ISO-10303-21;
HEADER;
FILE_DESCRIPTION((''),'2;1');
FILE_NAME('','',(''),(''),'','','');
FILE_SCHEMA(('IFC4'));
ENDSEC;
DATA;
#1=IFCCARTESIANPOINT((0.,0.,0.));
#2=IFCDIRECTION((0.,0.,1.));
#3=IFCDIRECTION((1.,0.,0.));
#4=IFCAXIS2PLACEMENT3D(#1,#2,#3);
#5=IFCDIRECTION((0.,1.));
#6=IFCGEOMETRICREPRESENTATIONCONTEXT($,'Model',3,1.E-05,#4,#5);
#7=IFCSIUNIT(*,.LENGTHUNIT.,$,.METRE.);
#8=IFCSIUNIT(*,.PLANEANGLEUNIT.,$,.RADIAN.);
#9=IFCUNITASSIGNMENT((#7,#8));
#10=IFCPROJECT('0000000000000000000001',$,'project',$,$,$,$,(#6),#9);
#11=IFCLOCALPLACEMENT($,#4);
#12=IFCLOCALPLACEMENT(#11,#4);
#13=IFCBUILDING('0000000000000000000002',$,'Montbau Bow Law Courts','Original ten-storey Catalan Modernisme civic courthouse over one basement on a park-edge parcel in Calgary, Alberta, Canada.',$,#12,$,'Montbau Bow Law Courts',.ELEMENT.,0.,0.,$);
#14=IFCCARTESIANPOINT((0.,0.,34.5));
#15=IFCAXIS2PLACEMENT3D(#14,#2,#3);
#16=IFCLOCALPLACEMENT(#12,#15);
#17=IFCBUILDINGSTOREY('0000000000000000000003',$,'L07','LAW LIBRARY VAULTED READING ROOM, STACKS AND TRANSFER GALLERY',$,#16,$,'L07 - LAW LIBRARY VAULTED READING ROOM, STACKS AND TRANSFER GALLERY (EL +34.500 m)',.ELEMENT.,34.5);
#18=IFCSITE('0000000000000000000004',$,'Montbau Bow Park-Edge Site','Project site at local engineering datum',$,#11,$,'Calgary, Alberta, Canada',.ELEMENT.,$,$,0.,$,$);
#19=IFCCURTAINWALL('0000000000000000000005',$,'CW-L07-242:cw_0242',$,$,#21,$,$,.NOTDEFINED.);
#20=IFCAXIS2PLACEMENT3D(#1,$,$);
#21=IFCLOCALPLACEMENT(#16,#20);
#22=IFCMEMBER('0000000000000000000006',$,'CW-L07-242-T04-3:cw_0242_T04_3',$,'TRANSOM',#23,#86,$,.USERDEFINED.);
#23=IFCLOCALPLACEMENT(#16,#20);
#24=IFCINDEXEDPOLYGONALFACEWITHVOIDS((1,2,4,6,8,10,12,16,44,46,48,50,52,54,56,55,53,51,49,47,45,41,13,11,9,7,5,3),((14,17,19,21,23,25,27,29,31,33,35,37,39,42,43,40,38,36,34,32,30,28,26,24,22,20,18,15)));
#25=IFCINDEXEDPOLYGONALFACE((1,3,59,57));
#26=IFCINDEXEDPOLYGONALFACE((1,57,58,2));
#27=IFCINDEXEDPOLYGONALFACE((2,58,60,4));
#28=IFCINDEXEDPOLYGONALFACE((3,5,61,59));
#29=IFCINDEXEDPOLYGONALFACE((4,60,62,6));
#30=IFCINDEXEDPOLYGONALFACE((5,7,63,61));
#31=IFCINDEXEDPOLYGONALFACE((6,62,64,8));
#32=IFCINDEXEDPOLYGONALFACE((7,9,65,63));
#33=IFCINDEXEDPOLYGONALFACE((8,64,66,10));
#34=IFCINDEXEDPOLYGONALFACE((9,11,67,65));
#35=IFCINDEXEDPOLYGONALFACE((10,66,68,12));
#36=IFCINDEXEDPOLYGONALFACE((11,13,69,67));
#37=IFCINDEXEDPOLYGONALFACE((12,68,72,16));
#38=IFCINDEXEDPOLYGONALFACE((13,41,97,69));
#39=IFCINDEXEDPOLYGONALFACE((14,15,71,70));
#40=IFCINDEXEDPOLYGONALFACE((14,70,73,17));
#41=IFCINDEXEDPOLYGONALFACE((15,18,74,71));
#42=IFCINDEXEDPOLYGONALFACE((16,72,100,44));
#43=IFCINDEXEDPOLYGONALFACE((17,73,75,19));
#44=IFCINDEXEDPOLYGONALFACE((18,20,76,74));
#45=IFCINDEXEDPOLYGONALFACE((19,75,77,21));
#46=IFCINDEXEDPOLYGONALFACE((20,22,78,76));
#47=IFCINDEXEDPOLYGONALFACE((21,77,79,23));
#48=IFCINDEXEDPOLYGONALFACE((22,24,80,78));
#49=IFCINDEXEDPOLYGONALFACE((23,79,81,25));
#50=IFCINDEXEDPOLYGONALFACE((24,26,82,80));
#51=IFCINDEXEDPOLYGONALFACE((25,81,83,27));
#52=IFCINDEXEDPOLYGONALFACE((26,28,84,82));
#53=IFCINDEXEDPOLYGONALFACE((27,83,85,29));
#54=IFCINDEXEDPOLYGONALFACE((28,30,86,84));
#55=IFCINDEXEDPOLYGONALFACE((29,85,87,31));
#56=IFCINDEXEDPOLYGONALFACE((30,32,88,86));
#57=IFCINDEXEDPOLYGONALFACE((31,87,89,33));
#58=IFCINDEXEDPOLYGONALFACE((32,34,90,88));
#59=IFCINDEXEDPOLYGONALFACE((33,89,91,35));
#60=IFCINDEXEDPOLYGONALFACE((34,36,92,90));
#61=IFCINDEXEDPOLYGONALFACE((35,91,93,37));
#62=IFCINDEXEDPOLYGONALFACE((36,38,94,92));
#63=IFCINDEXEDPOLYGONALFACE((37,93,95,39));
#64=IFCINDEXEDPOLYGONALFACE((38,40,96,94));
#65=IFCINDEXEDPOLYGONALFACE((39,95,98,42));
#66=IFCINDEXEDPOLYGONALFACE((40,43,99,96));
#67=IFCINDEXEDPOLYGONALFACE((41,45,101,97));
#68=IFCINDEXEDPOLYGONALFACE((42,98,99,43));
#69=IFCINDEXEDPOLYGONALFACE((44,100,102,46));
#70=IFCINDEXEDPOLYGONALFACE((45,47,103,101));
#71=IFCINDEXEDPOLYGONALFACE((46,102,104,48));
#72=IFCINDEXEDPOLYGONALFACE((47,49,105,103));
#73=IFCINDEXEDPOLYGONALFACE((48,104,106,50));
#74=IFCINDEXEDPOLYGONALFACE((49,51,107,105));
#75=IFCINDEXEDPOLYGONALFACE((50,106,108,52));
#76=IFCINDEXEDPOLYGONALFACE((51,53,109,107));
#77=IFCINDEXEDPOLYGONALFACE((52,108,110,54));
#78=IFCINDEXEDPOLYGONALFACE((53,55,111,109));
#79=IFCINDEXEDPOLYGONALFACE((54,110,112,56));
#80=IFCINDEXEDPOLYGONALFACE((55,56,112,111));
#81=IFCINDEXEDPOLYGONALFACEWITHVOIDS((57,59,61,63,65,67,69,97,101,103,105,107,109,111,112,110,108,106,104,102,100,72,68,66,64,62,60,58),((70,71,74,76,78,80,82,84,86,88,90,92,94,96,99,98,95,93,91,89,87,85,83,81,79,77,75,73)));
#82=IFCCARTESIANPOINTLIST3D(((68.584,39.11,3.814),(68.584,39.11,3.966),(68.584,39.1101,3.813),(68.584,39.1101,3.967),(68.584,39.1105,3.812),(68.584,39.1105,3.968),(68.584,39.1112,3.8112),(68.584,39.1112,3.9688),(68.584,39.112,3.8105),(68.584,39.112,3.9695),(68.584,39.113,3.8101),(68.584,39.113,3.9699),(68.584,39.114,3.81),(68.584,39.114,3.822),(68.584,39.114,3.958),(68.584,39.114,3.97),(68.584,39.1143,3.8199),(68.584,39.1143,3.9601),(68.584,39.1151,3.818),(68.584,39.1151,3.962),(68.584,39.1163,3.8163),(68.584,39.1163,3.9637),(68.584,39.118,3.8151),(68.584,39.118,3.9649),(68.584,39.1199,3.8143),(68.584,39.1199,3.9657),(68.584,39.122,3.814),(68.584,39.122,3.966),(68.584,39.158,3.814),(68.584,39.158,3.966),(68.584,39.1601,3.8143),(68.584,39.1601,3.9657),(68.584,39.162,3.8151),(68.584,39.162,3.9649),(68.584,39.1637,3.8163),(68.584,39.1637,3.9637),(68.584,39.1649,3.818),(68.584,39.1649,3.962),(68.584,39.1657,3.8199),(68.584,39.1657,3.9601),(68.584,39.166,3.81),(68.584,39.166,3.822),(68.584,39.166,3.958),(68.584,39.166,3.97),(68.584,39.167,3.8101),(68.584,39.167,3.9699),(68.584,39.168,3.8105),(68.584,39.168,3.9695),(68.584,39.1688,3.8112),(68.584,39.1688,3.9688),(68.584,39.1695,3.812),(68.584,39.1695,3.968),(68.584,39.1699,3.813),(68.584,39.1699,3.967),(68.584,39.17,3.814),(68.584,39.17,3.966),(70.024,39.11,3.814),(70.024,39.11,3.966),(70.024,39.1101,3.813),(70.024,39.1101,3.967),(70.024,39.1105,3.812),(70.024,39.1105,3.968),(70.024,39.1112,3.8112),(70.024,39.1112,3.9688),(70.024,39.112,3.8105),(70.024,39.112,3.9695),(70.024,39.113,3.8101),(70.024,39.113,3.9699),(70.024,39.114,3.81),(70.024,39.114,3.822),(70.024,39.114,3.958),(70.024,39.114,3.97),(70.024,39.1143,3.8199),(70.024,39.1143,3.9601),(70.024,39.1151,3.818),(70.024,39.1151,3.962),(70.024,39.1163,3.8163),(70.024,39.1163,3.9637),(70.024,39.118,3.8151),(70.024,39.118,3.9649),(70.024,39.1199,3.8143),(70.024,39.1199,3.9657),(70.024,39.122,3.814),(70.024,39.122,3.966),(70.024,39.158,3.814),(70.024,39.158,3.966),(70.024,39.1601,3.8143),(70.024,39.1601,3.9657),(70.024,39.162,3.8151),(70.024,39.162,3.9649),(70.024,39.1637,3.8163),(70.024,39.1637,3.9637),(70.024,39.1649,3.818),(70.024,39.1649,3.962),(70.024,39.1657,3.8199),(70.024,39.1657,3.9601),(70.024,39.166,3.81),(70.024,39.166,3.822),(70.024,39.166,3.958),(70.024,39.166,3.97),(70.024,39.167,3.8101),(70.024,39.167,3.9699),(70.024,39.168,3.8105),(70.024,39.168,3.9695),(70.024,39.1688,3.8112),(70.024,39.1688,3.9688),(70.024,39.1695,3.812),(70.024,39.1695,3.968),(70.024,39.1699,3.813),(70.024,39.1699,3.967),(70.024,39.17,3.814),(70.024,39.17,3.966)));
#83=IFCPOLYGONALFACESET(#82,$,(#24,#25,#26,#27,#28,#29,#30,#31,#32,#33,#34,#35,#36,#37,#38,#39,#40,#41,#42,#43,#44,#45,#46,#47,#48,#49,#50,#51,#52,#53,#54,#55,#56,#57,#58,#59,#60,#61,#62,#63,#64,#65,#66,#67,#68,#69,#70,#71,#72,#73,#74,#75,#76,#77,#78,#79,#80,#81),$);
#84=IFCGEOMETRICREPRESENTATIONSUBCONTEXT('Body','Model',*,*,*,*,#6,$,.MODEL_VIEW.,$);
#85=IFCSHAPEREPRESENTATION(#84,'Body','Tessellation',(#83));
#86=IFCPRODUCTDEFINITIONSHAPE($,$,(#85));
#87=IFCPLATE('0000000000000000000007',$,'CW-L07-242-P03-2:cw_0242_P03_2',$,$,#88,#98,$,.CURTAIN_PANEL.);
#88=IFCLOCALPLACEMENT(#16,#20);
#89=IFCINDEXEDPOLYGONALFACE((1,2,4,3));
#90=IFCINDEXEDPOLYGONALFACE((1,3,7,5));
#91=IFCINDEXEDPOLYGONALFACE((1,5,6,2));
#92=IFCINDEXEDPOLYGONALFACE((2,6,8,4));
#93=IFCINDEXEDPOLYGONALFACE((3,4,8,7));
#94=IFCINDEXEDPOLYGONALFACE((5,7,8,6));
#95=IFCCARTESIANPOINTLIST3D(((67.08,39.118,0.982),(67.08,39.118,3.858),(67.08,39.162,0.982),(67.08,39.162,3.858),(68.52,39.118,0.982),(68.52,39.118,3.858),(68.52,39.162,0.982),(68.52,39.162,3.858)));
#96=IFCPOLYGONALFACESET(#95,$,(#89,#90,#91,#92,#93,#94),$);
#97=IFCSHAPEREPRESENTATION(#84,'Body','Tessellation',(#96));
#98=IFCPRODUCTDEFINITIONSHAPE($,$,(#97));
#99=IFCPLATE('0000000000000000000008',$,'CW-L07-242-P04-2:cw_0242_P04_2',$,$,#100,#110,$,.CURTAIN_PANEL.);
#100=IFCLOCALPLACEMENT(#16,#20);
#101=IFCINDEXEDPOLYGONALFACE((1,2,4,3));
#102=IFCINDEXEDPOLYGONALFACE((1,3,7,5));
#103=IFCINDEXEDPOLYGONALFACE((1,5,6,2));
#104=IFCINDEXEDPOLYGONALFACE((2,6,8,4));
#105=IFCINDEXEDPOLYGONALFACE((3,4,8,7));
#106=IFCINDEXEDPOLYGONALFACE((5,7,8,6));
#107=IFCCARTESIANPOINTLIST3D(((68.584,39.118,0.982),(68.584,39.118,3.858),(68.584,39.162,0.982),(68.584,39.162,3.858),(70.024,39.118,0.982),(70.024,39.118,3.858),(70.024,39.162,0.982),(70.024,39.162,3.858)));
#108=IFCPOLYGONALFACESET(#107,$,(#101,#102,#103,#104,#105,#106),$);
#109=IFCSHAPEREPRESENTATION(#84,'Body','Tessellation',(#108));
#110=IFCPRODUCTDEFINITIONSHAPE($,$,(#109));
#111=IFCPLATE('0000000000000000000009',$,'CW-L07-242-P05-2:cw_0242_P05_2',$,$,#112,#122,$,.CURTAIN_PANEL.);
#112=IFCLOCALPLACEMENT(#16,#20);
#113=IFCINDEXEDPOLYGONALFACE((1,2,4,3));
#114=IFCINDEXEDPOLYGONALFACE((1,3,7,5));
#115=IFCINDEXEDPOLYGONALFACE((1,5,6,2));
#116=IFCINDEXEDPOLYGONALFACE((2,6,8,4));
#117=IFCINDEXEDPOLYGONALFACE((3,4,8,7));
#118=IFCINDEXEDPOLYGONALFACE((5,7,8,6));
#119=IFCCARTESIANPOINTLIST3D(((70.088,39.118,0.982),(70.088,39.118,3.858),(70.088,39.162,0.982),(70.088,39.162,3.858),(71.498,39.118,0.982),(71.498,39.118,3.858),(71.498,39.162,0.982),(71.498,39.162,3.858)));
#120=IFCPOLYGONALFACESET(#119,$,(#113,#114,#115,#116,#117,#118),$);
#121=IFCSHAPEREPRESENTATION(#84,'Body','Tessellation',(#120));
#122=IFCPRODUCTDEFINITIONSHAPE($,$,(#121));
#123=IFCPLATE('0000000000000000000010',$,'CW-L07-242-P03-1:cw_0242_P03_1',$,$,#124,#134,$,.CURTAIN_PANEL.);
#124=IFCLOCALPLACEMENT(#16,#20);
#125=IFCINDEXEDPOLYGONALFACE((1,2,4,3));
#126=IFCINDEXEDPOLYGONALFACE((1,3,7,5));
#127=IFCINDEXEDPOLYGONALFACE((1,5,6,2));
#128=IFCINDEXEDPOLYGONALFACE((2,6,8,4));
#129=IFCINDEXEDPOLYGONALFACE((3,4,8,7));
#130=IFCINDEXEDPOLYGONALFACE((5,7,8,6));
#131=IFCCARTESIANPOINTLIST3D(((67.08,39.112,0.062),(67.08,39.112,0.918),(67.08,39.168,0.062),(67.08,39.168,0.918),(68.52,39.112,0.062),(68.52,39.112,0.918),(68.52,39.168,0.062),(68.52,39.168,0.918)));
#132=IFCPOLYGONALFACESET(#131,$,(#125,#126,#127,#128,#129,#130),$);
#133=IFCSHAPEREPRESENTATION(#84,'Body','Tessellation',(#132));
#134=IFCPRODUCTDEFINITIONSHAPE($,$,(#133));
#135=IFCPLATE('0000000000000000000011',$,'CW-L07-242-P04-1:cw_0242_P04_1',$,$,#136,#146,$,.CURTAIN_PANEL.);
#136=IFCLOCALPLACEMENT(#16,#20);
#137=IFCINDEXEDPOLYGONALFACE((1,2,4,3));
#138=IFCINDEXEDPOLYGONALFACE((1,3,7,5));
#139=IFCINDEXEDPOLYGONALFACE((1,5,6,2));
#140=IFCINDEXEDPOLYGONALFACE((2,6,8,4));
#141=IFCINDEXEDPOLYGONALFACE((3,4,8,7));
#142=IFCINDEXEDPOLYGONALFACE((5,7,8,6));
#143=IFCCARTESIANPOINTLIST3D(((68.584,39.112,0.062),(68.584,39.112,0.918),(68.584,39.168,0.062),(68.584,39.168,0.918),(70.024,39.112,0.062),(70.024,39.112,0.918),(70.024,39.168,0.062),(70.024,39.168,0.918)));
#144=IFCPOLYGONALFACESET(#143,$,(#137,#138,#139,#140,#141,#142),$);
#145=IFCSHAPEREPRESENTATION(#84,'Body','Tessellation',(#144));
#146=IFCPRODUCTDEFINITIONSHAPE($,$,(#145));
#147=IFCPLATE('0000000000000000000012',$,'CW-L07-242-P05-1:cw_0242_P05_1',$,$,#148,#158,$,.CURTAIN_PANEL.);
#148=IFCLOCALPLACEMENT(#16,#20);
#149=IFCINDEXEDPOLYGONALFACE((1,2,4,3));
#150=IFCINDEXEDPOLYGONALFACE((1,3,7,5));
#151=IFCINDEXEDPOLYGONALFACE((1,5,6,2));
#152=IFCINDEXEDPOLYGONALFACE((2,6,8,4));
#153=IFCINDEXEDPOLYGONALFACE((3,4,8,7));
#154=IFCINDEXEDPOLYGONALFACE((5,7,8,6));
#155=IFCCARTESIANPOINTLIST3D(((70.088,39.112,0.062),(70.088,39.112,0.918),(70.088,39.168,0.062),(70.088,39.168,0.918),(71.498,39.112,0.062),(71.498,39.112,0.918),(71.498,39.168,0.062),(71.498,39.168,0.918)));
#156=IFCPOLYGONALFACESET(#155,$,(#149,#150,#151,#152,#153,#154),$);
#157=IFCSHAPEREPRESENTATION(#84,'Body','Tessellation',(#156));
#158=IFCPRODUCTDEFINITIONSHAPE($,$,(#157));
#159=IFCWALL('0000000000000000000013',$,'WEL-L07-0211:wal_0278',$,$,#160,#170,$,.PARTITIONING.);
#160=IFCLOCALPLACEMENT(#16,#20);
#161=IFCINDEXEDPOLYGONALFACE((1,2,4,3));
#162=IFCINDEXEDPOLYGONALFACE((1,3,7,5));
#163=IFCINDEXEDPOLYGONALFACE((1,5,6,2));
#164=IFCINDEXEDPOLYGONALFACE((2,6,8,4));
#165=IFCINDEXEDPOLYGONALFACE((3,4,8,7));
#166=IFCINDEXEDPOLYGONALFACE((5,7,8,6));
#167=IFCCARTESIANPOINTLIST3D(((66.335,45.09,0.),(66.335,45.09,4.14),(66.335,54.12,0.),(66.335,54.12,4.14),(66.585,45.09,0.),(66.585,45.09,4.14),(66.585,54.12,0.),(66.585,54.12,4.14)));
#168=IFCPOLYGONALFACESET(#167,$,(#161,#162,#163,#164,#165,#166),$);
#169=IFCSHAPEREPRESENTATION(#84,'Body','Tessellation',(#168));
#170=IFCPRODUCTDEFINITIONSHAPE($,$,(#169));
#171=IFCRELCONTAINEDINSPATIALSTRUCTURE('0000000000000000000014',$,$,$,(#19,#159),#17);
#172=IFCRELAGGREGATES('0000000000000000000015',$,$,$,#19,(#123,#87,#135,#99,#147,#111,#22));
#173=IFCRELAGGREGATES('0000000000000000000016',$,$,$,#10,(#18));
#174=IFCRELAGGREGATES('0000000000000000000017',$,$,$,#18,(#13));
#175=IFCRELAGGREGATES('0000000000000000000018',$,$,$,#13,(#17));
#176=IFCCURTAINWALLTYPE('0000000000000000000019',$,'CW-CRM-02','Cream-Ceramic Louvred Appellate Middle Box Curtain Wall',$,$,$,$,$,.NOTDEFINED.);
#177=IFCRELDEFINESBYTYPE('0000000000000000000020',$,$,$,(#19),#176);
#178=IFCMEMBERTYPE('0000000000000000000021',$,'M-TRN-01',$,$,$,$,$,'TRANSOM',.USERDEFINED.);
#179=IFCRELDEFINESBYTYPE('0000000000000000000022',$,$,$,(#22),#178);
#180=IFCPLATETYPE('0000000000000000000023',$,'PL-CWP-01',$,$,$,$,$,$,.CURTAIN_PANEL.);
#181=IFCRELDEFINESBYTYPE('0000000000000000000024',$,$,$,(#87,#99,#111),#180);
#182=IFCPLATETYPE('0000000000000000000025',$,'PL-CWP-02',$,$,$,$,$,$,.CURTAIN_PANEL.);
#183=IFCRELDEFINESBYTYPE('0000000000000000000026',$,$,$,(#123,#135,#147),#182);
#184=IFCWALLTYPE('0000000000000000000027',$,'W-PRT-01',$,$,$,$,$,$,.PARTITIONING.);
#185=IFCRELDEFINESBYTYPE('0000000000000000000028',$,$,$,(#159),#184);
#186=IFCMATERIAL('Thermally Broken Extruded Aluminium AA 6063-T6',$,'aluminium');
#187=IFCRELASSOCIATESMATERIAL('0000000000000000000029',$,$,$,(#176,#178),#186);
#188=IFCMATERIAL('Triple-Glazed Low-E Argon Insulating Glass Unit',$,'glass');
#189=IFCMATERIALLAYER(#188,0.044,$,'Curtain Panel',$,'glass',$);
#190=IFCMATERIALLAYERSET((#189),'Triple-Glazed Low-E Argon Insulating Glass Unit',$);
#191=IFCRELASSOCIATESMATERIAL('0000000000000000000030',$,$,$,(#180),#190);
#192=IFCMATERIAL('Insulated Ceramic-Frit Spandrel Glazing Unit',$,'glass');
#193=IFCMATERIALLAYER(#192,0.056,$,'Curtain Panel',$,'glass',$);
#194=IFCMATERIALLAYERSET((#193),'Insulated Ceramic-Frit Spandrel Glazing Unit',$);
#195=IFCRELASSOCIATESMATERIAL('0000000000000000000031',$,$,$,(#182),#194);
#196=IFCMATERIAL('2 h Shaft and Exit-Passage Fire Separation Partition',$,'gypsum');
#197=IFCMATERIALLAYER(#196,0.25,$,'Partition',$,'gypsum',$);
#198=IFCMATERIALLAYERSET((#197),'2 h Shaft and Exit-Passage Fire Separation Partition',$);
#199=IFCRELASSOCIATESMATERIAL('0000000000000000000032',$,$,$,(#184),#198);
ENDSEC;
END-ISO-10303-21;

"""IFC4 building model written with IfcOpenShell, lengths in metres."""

from ifc_helpers import new_model, si_unit, direction, frame, frame_2d, origin_with_axes, origin_2d_with_axis, place, context, subcontext, project, spatial, rectangle, hollow_rectangle, extrude, material, layer, layer_set, material_profile, profile_set, type_object, element, aggregate, save


model = new_model("IFC4")

# Units and contexts
model_context = context("Model", 3, precision=1e-05, world=origin_with_axes(), true_north=direction((0.0, 1.0)))
body_context = subcontext(model_context, "Body", "Model", "MODEL_VIEW")
ifc_project = project(units=[si_unit("LENGTHUNIT", "METRE"), si_unit("PLANEANGLEUNIT", "RADIAN")], contexts=[model_context])

# Site, building, storey
site_placement = place(None, origin_with_axes())
site = spatial("IfcSite", under=ifc_project, at=site_placement, Name="Montbau Bow Park-Edge Site", Description="Project site at local engineering datum", LongName="Calgary, Alberta, Canada", CompositionType="ELEMENT", RefElevation=0.0)
building_placement = place(site_placement, origin_with_axes())
building = spatial("IfcBuilding", under=site, at=building_placement, Name="Montbau Bow Law Courts", Description="Original ten-storey Catalan Modernisme civic courthouse over one basement on a park-edge parcel in Calgary, Alberta, Canada.", LongName="Montbau Bow Law Courts", CompositionType="ELEMENT", ElevationOfRefHeight=0.0, ElevationOfTerrain=0.0)
storey_placement = place(building_placement, frame((0.0, 0.0, 34.5), z_axis=(0.0, 0.0, 1.0), x_axis=(1.0, 0.0, 0.0)))
storey = spatial("IfcBuildingStorey", under=building, at=storey_placement, Name="L07", Description="LAW LIBRARY VAULTED READING ROOM, STACKS AND TRANSFER GALLERY", LongName="L07 - LAW LIBRARY VAULTED READING ROOM, STACKS AND TRANSFER GALLERY (EL +34.500 m)", CompositionType="ELEMENT", Elevation=34.5)

# Curtain wall, member, plates
ifc_material_1 = material(Name="Thermally Broken Extruded Aluminium AA 6063-T6", Category="aluminium")
curtain_wall_type = type_object("IfcCurtainWallType", Name="CW-CRM-02", Description="Cream-Ceramic Louvred Appellate Middle Box Curtain Wall", PredefinedType="NOTDEFINED", material=ifc_material_1)
curtain_wall_placement = place(None, frame((64.04, 39.14, 34.5), z_axis=(0.0, 0.0, 1.0), x_axis=(1.0, 0.0, 0.0)))
curtain_wall = element("IfcCurtainWall", 1, at=curtain_wall_placement, inside=storey, type_object=curtain_wall_type, Name="CW-L07-242:cw_0242", PredefinedType="NOTDEFINED")
ifc_material_profile_1 = material_profile(ifc_material_1, hollow_rectangle(XDim=0.06, YDim=0.16, WallThickness=0.004, InnerFilletRadius=0.008, OuterFilletRadius=0.004, at=origin_2d_with_axis()), Name="CWT-160X60", Category="Main", Priority=0)
ifc_profile_set_1 = profile_set([ifc_material_profile_1], Name="Thermally Broken Extruded Aluminium AA 6063-T6")
member_type_1 = type_object("IfcMemberType", Name="M-TRN-01", ElementType="TRANSOM", PredefinedType="USERDEFINED", material=ifc_profile_set_1)
member_1_placement = place(None, frame((68.584, 39.14, 38.39), z_axis=(1.0, 0.0, 0.0), x_axis=(0.0, 1.0, 0.0)))
member_1 = element("IfcMember", 2, at=member_1_placement, type_object=member_type_1, Name="CW-L07-242-T04-3:cw_0242_T04_3", ObjectType="TRANSOM", PredefinedType="USERDEFINED", context=body_context, shape_type="SweptSolid", body=[
    extrude(hollow_rectangle(XDim=0.06, YDim=0.16, WallThickness=0.004, InnerFilletRadius=0.008, OuterFilletRadius=0.004, at=origin_2d_with_axis()), origin_with_axes(), (0.0, 0.0, 1.0), 1.44),
])
ifc_material_2 = material(Name="Triple-Glazed Low-E Argon Insulating Glass Unit", Category="glass")
ifc_layer_1 = layer(ifc_material_2, 0.044, Name="Curtain Panel", Category="glass")
ifc_layer_set_1 = layer_set([ifc_layer_1], Name="Triple-Glazed Low-E Argon Insulating Glass Unit")
plate_type_1 = type_object("IfcPlateType", Name="PL-CWP-01", PredefinedType="CURTAIN_PANEL", material=ifc_layer_set_1)
plate_1_placement = place(None, frame((67.08, 39.14, 35.482), z_axis=(0.0, -1.0, 0.0), x_axis=(1.0, 0.0, 0.0)))
plate_1 = element("IfcPlate", 3, at=plate_1_placement, type_object=plate_type_1, Name="CW-L07-242-P03-2:cw_0242_P03_2", PredefinedType="CURTAIN_PANEL", context=body_context, shape_type="SweptSolid", body=[
    extrude(rectangle(XDim=1.44, YDim=2.876, at=frame_2d((0.72, 1.438), x_axis=(1.0, 0.0))), frame((0.0, 0.0, -0.022), z_axis=(0.0, 0.0, 1.0), x_axis=(1.0, 0.0, 0.0)), (0.0, 0.0, 1.0), 0.044),
])
plate_2_placement = place(None, frame((68.584, 39.14, 35.482), z_axis=(0.0, -1.0, 0.0), x_axis=(1.0, 0.0, 0.0)))
plate_2 = element("IfcPlate", 4, at=plate_2_placement, type_object=plate_type_1, Name="CW-L07-242-P04-2:cw_0242_P04_2", PredefinedType="CURTAIN_PANEL", context=body_context, shape_type="SweptSolid", body=[
    extrude(rectangle(XDim=1.44, YDim=2.876, at=frame_2d((0.72, 1.438), x_axis=(1.0, 0.0))), frame((0.0, 0.0, -0.022), z_axis=(0.0, 0.0, 1.0), x_axis=(1.0, 0.0, 0.0)), (0.0, 0.0, 1.0), 0.044),
])
plate_3_placement = place(None, frame((70.088, 39.14, 35.482), z_axis=(0.0, -1.0, 0.0), x_axis=(1.0, 0.0, 0.0)))
plate_3 = element("IfcPlate", 5, at=plate_3_placement, type_object=plate_type_1, Name="CW-L07-242-P05-2:cw_0242_P05_2", PredefinedType="CURTAIN_PANEL", context=body_context, shape_type="SweptSolid", body=[
    extrude(rectangle(XDim=1.41, YDim=2.876, at=frame_2d((0.705, 1.438), x_axis=(1.0, 0.0))), frame((0.0, 0.0, -0.022), z_axis=(0.0, 0.0, 1.0), x_axis=(1.0, 0.0, 0.0)), (0.0, 0.0, 1.0), 0.044),
])
ifc_material_3 = material(Name="Insulated Ceramic-Frit Spandrel Glazing Unit", Category="glass")
ifc_layer_2 = layer(ifc_material_3, 0.056, Name="Curtain Panel", Category="glass")
ifc_layer_set_2 = layer_set([ifc_layer_2], Name="Insulated Ceramic-Frit Spandrel Glazing Unit")
plate_type_2 = type_object("IfcPlateType", Name="PL-CWP-02", PredefinedType="CURTAIN_PANEL", material=ifc_layer_set_2)
plate_4_placement = place(None, frame((67.08, 39.14, 34.562), z_axis=(0.0, -1.0, 0.0), x_axis=(1.0, 0.0, 0.0)))
plate_4 = element("IfcPlate", 6, at=plate_4_placement, type_object=plate_type_2, Name="CW-L07-242-P03-1:cw_0242_P03_1", PredefinedType="CURTAIN_PANEL", context=body_context, shape_type="SweptSolid", body=[
    extrude(rectangle(XDim=1.44, YDim=0.856, at=frame_2d((0.72, 0.428), x_axis=(1.0, 0.0))), frame((0.0, 0.0, -0.028), z_axis=(0.0, 0.0, 1.0), x_axis=(1.0, 0.0, 0.0)), (0.0, 0.0, 1.0), 0.056),
])
plate_5_placement = place(None, frame((68.584, 39.14, 34.562), z_axis=(0.0, -1.0, 0.0), x_axis=(1.0, 0.0, 0.0)))
plate_5 = element("IfcPlate", 7, at=plate_5_placement, type_object=plate_type_2, Name="CW-L07-242-P04-1:cw_0242_P04_1", PredefinedType="CURTAIN_PANEL", context=body_context, shape_type="SweptSolid", body=[
    extrude(rectangle(XDim=1.44, YDim=0.856, at=frame_2d((0.72, 0.428), x_axis=(1.0, 0.0))), frame((0.0, 0.0, -0.028), z_axis=(0.0, 0.0, 1.0), x_axis=(1.0, 0.0, 0.0)), (0.0, 0.0, 1.0), 0.056),
])
plate_6_placement = place(None, frame((70.088, 39.14, 34.562), z_axis=(0.0, -1.0, 0.0), x_axis=(1.0, 0.0, 0.0)))
plate_6 = element("IfcPlate", 8, at=plate_6_placement, type_object=plate_type_2, Name="CW-L07-242-P05-1:cw_0242_P05_1", PredefinedType="CURTAIN_PANEL", context=body_context, shape_type="SweptSolid", body=[
    extrude(rectangle(XDim=1.41, YDim=0.856, at=frame_2d((0.705, 0.428), x_axis=(1.0, 0.0))), frame((0.0, 0.0, -0.028), z_axis=(0.0, 0.0, 1.0), x_axis=(1.0, 0.0, 0.0)), (0.0, 0.0, 1.0), 0.056),
])
aggregate(curtain_wall, [plate_4, plate_1, plate_5, plate_2, plate_6, plate_3, member_1])

# Wall
ifc_material_4 = material(Name="2 h Shaft and Exit-Passage Fire Separation Partition", Category="gypsum")
ifc_layer_3 = layer(ifc_material_4, 0.25, Name="Partition", Category="gypsum")
ifc_layer_set_3 = layer_set([ifc_layer_3], Name="2 h Shaft and Exit-Passage Fire Separation Partition")
wall_type_1 = type_object("IfcWallType", Name="W-PRT-01", PredefinedType="PARTITIONING", material=ifc_layer_set_3)
wall_1_placement = place(None, frame((66.46, 45.09, 34.5), z_axis=(0.0, 0.0, 1.0), x_axis=(0.0, 1.0, 0.0)))
element("IfcWall", 9, at=wall_1_placement, inside=storey, type_object=wall_type_1, Name="WEL-L07-0211:wal_0278", PredefinedType="PARTITIONING", context=body_context, shape_type="SweptSolid", body=[
    extrude(rectangle(XDim=9.03, YDim=0.25, at=frame_2d((4.515, 0.0), x_axis=(1.0, 0.0))), origin_with_axes(), (0.0, 0.0, 1.0), 4.14),
])

save(model, "model.ifc")
